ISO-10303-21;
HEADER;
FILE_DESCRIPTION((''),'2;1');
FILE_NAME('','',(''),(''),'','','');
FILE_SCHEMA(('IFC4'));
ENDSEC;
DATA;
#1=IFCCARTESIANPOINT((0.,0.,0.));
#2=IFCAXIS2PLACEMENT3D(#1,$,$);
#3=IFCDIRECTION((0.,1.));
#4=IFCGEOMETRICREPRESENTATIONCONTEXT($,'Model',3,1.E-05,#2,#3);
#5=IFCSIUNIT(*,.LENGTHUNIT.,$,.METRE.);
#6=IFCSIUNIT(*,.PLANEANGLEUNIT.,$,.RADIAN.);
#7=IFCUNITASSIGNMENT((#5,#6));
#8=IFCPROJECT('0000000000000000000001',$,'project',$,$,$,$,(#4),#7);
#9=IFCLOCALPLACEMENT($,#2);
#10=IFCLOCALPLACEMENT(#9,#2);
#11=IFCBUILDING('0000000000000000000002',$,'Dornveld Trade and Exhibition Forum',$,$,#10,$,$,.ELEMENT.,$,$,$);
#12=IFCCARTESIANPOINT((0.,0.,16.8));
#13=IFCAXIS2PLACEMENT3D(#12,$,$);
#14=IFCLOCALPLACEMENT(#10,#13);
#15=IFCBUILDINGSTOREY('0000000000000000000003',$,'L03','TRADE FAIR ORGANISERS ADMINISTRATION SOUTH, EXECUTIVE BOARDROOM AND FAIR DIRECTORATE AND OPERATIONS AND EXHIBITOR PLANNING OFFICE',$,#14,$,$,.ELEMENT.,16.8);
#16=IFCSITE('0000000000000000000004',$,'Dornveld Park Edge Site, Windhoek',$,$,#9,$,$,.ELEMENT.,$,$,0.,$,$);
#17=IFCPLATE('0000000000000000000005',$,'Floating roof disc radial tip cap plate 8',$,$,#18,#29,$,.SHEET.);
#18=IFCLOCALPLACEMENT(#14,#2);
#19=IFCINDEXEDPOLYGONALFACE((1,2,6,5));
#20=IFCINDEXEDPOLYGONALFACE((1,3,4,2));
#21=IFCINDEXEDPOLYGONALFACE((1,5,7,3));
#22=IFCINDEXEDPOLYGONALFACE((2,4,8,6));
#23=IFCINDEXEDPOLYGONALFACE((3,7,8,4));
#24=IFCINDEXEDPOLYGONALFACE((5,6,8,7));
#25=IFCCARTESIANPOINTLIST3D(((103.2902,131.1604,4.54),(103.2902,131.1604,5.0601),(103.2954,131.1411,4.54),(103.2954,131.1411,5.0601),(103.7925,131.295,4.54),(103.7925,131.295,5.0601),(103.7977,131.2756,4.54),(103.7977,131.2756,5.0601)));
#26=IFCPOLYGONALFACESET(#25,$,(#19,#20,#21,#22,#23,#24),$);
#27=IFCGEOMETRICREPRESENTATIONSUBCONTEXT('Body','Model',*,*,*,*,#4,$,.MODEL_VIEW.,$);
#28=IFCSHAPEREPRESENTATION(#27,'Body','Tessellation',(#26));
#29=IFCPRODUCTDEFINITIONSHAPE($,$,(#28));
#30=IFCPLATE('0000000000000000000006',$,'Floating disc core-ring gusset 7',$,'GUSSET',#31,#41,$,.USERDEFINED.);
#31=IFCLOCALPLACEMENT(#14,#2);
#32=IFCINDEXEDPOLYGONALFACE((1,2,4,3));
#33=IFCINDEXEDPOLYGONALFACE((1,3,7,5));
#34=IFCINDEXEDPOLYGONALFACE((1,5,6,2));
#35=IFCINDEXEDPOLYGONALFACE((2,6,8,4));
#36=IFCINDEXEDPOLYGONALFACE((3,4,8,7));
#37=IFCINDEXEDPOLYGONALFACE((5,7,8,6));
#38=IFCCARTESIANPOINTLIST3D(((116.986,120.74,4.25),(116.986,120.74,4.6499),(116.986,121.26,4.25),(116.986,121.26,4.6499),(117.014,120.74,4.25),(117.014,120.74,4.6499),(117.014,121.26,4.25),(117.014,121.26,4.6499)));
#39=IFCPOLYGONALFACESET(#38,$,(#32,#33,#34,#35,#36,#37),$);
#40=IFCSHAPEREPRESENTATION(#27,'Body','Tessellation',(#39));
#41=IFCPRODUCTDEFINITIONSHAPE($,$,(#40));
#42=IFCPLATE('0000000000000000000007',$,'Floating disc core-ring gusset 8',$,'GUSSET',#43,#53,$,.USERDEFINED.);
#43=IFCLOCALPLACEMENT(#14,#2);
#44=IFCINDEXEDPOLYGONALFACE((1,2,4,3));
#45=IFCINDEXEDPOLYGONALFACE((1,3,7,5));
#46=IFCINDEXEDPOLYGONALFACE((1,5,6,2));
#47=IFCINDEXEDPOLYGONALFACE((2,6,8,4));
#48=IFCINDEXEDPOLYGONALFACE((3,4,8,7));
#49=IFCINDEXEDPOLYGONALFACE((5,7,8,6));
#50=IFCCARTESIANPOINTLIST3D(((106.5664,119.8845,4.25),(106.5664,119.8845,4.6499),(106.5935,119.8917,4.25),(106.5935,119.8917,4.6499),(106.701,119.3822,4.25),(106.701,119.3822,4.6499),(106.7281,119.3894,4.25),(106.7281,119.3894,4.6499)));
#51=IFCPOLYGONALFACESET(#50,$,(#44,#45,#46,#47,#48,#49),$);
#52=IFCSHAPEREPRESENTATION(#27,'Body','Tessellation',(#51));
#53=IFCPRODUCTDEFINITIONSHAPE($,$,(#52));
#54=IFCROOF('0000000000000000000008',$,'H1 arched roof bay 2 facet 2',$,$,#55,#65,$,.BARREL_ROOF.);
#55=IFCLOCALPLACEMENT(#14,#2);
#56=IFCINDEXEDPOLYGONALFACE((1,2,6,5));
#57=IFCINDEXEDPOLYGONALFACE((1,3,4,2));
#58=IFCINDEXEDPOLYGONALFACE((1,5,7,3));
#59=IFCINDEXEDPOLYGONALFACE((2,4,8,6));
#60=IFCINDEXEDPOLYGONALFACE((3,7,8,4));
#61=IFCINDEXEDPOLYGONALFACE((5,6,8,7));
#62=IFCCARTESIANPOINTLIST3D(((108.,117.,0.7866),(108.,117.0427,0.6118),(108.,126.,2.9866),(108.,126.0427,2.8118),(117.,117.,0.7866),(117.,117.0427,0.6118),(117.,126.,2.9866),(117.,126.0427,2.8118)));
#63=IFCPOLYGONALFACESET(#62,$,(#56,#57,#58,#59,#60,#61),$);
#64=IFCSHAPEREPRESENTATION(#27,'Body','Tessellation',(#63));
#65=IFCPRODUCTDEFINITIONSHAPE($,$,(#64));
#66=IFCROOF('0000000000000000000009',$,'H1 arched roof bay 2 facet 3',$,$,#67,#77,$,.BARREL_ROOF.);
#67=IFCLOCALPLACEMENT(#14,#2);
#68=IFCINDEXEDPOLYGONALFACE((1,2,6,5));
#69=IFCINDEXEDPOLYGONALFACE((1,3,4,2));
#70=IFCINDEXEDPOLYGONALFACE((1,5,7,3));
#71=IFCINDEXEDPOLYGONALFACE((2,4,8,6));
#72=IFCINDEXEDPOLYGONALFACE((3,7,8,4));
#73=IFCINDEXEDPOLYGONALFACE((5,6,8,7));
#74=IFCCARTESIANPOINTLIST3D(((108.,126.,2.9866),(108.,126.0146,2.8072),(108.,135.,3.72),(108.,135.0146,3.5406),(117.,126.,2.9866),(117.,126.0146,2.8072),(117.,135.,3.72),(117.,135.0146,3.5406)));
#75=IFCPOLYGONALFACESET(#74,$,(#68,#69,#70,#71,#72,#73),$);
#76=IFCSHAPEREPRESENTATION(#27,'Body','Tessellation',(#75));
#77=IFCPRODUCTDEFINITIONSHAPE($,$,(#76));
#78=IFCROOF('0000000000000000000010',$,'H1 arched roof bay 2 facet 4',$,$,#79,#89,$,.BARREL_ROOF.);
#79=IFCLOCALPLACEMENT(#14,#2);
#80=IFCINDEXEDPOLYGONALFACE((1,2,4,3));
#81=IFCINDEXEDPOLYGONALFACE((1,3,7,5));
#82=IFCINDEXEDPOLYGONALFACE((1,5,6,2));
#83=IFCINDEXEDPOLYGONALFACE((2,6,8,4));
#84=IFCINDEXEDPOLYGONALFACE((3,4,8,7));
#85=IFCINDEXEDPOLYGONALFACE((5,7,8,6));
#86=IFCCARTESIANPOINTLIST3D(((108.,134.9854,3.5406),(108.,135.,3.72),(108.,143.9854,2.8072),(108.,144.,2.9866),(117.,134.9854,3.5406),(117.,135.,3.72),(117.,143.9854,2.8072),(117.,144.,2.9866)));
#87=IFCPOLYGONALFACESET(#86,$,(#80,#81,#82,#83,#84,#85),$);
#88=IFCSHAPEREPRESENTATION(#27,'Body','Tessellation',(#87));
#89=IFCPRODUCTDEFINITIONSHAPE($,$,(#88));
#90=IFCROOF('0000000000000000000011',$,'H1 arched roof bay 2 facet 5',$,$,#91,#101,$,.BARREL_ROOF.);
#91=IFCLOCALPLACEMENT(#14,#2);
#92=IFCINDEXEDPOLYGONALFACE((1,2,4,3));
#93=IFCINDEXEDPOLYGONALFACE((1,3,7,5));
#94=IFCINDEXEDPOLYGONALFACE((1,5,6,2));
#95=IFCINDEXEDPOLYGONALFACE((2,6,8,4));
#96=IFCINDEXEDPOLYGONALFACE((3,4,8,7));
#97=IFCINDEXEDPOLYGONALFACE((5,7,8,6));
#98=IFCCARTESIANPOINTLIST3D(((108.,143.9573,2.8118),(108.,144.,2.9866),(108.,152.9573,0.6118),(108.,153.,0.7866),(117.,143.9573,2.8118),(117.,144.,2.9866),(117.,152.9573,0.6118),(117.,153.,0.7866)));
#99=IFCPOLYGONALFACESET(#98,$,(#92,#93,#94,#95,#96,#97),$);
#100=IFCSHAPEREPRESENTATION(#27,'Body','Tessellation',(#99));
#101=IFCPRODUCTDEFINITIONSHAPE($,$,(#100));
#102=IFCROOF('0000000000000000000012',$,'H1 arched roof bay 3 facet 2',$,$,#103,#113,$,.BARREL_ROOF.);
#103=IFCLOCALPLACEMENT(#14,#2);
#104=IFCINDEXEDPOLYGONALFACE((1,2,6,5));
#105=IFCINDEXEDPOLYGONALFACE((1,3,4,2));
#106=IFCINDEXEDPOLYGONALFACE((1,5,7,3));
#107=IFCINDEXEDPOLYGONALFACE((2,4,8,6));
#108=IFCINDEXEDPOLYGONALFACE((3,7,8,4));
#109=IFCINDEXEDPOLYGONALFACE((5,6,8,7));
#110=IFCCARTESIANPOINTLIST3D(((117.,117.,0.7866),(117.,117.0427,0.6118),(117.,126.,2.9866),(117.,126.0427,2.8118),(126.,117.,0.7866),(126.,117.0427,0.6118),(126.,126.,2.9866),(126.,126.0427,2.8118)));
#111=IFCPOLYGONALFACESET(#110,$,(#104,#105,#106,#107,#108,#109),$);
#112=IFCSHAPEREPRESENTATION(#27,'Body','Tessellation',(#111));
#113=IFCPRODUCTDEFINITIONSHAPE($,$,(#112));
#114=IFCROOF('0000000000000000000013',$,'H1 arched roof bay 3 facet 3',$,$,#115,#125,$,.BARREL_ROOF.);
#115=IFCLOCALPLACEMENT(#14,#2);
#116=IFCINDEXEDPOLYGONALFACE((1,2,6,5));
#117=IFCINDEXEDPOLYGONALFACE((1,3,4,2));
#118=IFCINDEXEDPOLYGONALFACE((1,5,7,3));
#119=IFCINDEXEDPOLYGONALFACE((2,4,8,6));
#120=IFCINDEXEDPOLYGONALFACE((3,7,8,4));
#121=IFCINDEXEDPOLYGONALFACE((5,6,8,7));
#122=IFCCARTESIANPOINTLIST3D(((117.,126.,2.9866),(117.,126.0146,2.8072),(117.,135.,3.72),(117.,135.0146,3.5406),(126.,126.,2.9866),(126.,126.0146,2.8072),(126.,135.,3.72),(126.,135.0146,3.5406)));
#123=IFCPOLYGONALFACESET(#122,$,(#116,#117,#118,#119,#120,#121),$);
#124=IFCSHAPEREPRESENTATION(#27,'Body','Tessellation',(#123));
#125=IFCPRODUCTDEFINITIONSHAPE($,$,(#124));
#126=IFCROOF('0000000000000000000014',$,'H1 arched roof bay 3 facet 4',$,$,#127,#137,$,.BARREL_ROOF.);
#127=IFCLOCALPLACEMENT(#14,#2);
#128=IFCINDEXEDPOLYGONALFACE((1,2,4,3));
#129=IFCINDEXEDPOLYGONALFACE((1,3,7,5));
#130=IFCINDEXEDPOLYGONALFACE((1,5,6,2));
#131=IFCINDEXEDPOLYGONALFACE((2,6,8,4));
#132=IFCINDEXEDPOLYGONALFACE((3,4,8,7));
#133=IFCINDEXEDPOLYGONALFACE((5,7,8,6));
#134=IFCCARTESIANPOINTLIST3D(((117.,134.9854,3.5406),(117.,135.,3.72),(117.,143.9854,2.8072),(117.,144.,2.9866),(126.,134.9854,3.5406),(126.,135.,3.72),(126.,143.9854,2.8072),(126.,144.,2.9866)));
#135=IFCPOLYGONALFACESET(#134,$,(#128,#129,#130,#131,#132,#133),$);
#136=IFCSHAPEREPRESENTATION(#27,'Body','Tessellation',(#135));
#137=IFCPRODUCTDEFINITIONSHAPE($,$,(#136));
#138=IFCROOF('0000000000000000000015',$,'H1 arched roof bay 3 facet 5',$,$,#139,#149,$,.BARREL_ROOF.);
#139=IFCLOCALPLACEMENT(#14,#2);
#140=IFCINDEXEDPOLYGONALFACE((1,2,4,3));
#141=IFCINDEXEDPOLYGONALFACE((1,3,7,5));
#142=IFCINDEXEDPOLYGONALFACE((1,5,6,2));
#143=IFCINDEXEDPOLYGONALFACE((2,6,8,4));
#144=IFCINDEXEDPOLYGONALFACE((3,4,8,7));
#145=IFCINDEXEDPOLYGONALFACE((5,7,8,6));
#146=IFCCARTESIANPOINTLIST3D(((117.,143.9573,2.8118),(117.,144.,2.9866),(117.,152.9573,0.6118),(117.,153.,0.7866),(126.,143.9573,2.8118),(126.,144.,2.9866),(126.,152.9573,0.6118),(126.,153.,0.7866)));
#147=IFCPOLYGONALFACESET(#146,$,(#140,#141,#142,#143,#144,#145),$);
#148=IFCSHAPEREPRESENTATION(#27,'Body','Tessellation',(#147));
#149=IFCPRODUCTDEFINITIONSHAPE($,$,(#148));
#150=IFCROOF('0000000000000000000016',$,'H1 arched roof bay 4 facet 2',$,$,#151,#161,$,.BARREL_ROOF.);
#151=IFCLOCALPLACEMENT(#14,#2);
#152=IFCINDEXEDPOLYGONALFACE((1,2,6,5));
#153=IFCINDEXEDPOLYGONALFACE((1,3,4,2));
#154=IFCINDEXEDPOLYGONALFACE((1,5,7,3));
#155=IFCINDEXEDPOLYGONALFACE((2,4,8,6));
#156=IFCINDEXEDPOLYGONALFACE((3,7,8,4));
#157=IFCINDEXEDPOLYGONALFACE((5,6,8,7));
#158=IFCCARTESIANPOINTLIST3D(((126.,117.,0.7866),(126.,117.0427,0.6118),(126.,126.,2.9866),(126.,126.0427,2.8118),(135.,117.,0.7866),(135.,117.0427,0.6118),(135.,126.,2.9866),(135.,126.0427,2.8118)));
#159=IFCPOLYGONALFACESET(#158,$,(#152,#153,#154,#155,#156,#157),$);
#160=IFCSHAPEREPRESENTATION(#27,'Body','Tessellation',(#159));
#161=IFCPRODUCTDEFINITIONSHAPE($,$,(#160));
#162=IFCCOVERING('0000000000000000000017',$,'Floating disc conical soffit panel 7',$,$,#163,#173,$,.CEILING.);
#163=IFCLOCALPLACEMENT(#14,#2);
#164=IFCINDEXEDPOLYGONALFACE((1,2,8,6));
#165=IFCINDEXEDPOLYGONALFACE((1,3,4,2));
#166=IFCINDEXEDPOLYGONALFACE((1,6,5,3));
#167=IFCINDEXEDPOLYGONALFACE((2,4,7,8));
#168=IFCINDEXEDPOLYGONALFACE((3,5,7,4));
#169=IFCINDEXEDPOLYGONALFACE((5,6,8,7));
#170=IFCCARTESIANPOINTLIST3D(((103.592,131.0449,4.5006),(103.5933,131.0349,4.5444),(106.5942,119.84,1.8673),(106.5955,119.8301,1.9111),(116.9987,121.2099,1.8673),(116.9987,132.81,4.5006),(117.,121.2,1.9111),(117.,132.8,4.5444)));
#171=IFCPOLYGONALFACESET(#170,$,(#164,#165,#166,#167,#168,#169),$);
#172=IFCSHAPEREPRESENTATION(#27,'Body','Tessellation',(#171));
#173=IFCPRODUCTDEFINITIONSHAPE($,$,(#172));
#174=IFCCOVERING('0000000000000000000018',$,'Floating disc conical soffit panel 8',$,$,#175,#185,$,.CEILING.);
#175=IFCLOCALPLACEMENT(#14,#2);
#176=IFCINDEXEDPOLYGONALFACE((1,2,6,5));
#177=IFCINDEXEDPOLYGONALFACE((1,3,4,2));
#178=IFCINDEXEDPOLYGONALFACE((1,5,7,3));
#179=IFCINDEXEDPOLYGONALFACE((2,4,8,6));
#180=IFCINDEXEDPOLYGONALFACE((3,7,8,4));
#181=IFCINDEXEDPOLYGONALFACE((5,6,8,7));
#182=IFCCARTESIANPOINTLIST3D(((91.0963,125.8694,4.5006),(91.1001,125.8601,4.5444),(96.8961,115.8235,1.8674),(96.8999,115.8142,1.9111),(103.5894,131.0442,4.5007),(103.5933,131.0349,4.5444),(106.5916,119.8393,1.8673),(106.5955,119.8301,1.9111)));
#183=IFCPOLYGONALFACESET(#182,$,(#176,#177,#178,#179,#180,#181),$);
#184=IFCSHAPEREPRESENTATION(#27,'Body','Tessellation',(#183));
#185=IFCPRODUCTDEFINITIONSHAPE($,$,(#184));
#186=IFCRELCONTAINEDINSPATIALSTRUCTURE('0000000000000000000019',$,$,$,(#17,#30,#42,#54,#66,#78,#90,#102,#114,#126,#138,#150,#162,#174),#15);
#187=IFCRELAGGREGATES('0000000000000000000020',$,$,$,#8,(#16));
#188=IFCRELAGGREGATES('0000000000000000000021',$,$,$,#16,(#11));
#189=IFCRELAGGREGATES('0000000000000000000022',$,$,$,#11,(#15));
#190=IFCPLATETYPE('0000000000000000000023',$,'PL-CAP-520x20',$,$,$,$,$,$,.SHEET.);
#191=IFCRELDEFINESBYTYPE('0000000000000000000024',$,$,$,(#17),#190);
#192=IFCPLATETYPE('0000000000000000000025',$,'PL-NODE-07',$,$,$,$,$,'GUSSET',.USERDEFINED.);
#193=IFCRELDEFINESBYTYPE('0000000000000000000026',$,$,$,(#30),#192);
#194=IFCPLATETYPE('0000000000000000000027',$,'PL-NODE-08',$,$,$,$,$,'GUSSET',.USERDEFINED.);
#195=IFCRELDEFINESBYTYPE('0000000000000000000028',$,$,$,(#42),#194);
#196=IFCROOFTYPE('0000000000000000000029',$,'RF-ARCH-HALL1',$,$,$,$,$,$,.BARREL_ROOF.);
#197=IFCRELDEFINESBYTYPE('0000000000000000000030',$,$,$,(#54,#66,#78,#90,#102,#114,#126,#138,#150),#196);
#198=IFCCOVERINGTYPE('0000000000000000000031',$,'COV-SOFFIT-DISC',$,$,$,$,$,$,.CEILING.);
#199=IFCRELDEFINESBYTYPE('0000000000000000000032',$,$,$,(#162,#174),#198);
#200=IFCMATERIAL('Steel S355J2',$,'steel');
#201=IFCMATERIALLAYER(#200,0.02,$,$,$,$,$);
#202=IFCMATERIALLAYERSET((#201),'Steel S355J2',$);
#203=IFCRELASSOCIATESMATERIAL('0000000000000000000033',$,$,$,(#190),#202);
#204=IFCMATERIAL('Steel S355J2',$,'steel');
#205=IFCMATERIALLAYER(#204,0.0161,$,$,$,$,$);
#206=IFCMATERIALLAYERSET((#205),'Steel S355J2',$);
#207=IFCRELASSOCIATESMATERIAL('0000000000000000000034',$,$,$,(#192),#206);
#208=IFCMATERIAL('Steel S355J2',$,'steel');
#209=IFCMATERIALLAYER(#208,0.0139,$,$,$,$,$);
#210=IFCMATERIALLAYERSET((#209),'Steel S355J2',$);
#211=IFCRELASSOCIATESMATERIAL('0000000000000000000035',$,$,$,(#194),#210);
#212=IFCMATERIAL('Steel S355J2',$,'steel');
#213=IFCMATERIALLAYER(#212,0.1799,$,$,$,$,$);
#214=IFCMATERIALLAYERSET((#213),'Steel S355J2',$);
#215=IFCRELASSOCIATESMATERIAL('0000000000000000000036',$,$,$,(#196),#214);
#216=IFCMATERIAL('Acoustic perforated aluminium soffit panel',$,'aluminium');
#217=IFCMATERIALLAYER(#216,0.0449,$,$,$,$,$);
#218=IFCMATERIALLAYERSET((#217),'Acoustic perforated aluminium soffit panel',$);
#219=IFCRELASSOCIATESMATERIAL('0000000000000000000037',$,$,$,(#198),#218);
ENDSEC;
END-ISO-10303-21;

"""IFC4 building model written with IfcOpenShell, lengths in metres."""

from ifc_helpers import new_model, si_unit, direction, frame, origin, origin_2d, place, context, subcontext, project, spatial, polyline, rectangle, outline, extrude, material, layer, layer_set, type_object, element, save


model = new_model("IFC4")

# Units and contexts
model_context = context("Model", 3, precision=1e-05, world=origin(), true_north=direction((0.0, 1.0)))
body_context = subcontext(model_context, "Body", "Model", "MODEL_VIEW")
ifc_project = project(units=[si_unit("LENGTHUNIT", "METRE"), si_unit("PLANEANGLEUNIT", "RADIAN")], contexts=[model_context])

# Site, building, storey
site_placement = place(None, origin())
site = spatial("IfcSite", under=ifc_project, at=site_placement, Name="Dornveld Park Edge Site, Windhoek", CompositionType="ELEMENT", RefElevation=0.0)
building_placement = place(site_placement, origin())
building = spatial("IfcBuilding", under=site, at=building_placement, Name="Dornveld Trade and Exhibition Forum", CompositionType="ELEMENT")
storey_placement = place(building_placement, frame((0.0, 0.0, 16.8)))
storey = spatial("IfcBuildingStorey", under=building, at=storey_placement, Name="L03", Description="TRADE FAIR ORGANISERS ADMINISTRATION SOUTH, EXECUTIVE BOARDROOM AND FAIR DIRECTORATE AND OPERATIONS AND EXHIBITOR PLANNING OFFICE", CompositionType="ELEMENT", Elevation=16.8)

# Plates
ifc_material_1 = material(Name="Steel S355J2", Category="steel")
ifc_layer_1 = layer(ifc_material_1, 0.02)
ifc_layer_set_1 = layer_set([ifc_layer_1], Name="Steel S355J2")
plate_type_1 = type_object("IfcPlateType", Name="PL-CAP-520x20", PredefinedType="SHEET", material=ifc_layer_set_1)
for number, where, z_axis, x_axis, name in (
    (1, (103.5439, 131.218, 4.54), (0.0, 0.0, 1.0), (-0.258819, 0.965926, 0.0), "Floating roof disc radial tip cap plate 8"),
):
    element("IfcPlate", number, at=place(storey_placement, frame(where, z_axis=z_axis, x_axis=x_axis)), inside=storey, type_object=plate_type_1, Name=name, PredefinedType="SHEET", context=body_context, shape_type="SweptSolid", body=[
        extrude(rectangle(XDim=0.02, YDim=0.52, at=origin_2d()), origin(), (0.0, 0.0, 1.0), 0.52),
    ])
ifc_material_2 = material(Name="Steel S355J2", Category="steel")
ifc_layer_2 = layer(ifc_material_2, 0.0161)
ifc_layer_set_2 = layer_set([ifc_layer_2], Name="Steel S355J2")
plate_type_2 = type_object("IfcPlateType", Name="PL-NODE-07", ElementType="GUSSET", PredefinedType="USERDEFINED", material=ifc_layer_set_2)
plate_1_placement = place(storey_placement, frame((117.0, 121.0, 4.25), z_axis=(0.0, 0.0, 1.0), x_axis=(0.0, 1.0, 0.0)))
element("IfcPlate", 2, at=plate_1_placement, inside=storey, type_object=plate_type_2, Name="Floating disc core-ring gusset 7", ObjectType="GUSSET", PredefinedType="USERDEFINED", context=body_context, shape_type="SweptSolid", body=[
    extrude(rectangle(XDim=0.52, YDim=0.0281, at=origin_2d()), origin(), (0.0, 0.0, 1.0), 0.3999),
])
ifc_material_3 = material(Name="Steel S355J2", Category="steel")
ifc_layer_3 = layer(ifc_material_3, 0.0139)
ifc_layer_set_3 = layer_set([ifc_layer_3], Name="Steel S355J2")
plate_type_3 = type_object("IfcPlateType", Name="PL-NODE-08", ElementType="GUSSET", PredefinedType="USERDEFINED", material=ifc_layer_set_3)
plate_2_placement = place(storey_placement, frame((106.6472, 119.637, 4.25), z_axis=(0.0, 0.0, 1.0), x_axis=(-0.258819, 0.965926, 0.0)))
element("IfcPlate", 3, at=plate_2_placement, inside=storey, type_object=plate_type_3, Name="Floating disc core-ring gusset 8", ObjectType="GUSSET", PredefinedType="USERDEFINED", context=body_context, shape_type="SweptSolid", body=[
    extrude(rectangle(XDim=0.52, YDim=0.0281, at=origin_2d()), origin(), (0.0, 0.0, 1.0), 0.3999),
])

# Roofs
ifc_material_4 = material(Name="Steel S355J2", Category="steel")
ifc_layer_4 = layer(ifc_material_4, 0.1799)
ifc_layer_set_4 = layer_set([ifc_layer_4], Name="Steel S355J2")
roof_type = type_object("IfcRoofType", Name="RF-ARCH-HALL1", PredefinedType="BARREL_ROOF", material=ifc_layer_set_4)
roof_placement = place(storey_placement, frame((108.0, 117.0, 0.7866), z_axis=(0.0, -0.237448, 0.9714), x_axis=(1.0, 0.0, 0.0)))
element("IfcRoof", 4, at=roof_placement, inside=storey, type_object=roof_type, Name="H1 arched roof bay 2 facet 2", PredefinedType="BARREL_ROOF", context=body_context, shape_type="SweptSolid", body=[
    extrude(outline(polyline([(0.0, 0.0), (9.0, 0.0), (9.0, 9.265), (0.0, 9.265), (0.0, 0.0)])), origin(), (0.0, 0.0, -1.0), 0.1799),
])
for number, where, z_axis, x_axis, name in (
    (5, (108.0, 126.0, 2.9866), (0.0, -0.081219, 0.996696), (1.0, 0.0, 0.0), "H1 arched roof bay 2 facet 3"),
    (6, (108.0, 135.0, 3.72), (0.0, 0.081219, 0.996696), (1.0, 0.0, 0.0), "H1 arched roof bay 2 facet 4"),
):
    element("IfcRoof", number, at=place(storey_placement, frame(where, z_axis=z_axis, x_axis=x_axis)), inside=storey, type_object=roof_type, Name=name, PredefinedType="BARREL_ROOF", context=body_context, shape_type="SweptSolid", body=[
        extrude(outline(polyline([(0.0, 0.0), (9.0, 0.0), (9.0, 9.0298), (0.0, 9.0298), (0.0, 0.0)])), origin(), (0.0, 0.0, -1.0), 0.1799),
    ])
for number, where, z_axis, x_axis, name in (
    (7, (108.0, 144.0, 2.9866), (0.0, 0.237448, 0.9714), (1.0, 0.0, 0.0), "H1 arched roof bay 2 facet 5"),
    (8, (117.0, 117.0, 0.7866), (0.0, -0.237448, 0.9714), (1.0, 0.0, 0.0), "H1 arched roof bay 3 facet 2"),
):
    element("IfcRoof", number, at=place(storey_placement, frame(where, z_axis=z_axis, x_axis=x_axis)), inside=storey, type_object=roof_type, Name=name, PredefinedType="BARREL_ROOF", context=body_context, shape_type="SweptSolid", body=[
        extrude(outline(polyline([(0.0, 0.0), (9.0, 0.0), (9.0, 9.265), (0.0, 9.265), (0.0, 0.0)])), origin(), (0.0, 0.0, -1.0), 0.1799),
    ])
for number, where, z_axis, x_axis, name in (
    (9, (117.0, 126.0, 2.9866), (0.0, -0.081219, 0.996696), (1.0, 0.0, 0.0), "H1 arched roof bay 3 facet 3"),
    (10, (117.0, 135.0, 3.72), (0.0, 0.081219, 0.996696), (1.0, 0.0, 0.0), "H1 arched roof bay 3 facet 4"),
):
    element("IfcRoof", number, at=place(storey_placement, frame(where, z_axis=z_axis, x_axis=x_axis)), inside=storey, type_object=roof_type, Name=name, PredefinedType="BARREL_ROOF", context=body_context, shape_type="SweptSolid", body=[
        extrude(outline(polyline([(0.0, 0.0), (9.0, 0.0), (9.0, 9.0298), (0.0, 9.0298), (0.0, 0.0)])), origin(), (0.0, 0.0, -1.0), 0.1799),
    ])
for number, where, z_axis, x_axis, name in (
    (11, (117.0, 144.0, 2.9866), (0.0, 0.237448, 0.9714), (1.0, 0.0, 0.0), "H1 arched roof bay 3 facet 5"),
    (12, (126.0, 117.0, 0.7866), (0.0, -0.237448, 0.9714), (1.0, 0.0, 0.0), "H1 arched roof bay 4 facet 2"),
):
    element("IfcRoof", number, at=place(storey_placement, frame(where, z_axis=z_axis, x_axis=x_axis)), inside=storey, type_object=roof_type, Name=name, PredefinedType="BARREL_ROOF", context=body_context, shape_type="SweptSolid", body=[
        extrude(outline(polyline([(0.0, 0.0), (9.0, 0.0), (9.0, 9.265), (0.0, 9.265), (0.0, 0.0)])), origin(), (0.0, 0.0, -1.0), 0.1799),
    ])

# Coverings
ifc_material_5 = material(Name="Acoustic perforated aluminium soffit panel", Category="aluminium")
ifc_layer_5 = layer(ifc_material_5, 0.0449)
ifc_layer_set_5 = layer_set([ifc_layer_5], Name="Acoustic perforated aluminium soffit panel")
covering_type = type_object("IfcCoveringType", Name="COV-SOFFIT-DISC", PredefinedType="CEILING", material=ifc_layer_set_5)
covering_1_placement = place(storey_placement, frame((117.0, 121.2, 1.9111), z_axis=(0.029134, -0.22128, 0.974775), x_axis=(0.0, 0.975189, 0.221374)))
element("IfcCovering", 13, at=covering_1_placement, inside=storey, type_object=covering_type, Name="Floating disc conical soffit panel 7", PredefinedType="CEILING", context=body_context, shape_type="SweptSolid", body=[
    extrude(outline(polyline([(0.0, 0.0), (11.8952, 0.0), (10.1739, 13.4124), (-1.3359, 10.409), (0.0, 0.0)])), origin(), (0.0, 0.0, -1.0), 0.0449),
])
covering_2_placement = place(storey_placement, frame((106.5955, 119.8301, 1.9111), z_axis=(0.08541, -0.206203, 0.974775), x_axis=(-0.252387, 0.941962, 0.221376)))
element("IfcCovering", 14, at=covering_2_placement, inside=storey, type_object=covering_type, Name="Floating disc conical soffit panel 8", PredefinedType="CEILING", context=body_context, shape_type="SweptSolid", body=[
    extrude(outline(polyline([(0.0, 0.0), (11.8952, 0.0), (10.1738, 13.4125), (-1.3358, 10.409), (0.0, 0.0)])), origin(), (0.0, 0.0, -1.0), 0.0449),
])

save(model, "model.ifc")
